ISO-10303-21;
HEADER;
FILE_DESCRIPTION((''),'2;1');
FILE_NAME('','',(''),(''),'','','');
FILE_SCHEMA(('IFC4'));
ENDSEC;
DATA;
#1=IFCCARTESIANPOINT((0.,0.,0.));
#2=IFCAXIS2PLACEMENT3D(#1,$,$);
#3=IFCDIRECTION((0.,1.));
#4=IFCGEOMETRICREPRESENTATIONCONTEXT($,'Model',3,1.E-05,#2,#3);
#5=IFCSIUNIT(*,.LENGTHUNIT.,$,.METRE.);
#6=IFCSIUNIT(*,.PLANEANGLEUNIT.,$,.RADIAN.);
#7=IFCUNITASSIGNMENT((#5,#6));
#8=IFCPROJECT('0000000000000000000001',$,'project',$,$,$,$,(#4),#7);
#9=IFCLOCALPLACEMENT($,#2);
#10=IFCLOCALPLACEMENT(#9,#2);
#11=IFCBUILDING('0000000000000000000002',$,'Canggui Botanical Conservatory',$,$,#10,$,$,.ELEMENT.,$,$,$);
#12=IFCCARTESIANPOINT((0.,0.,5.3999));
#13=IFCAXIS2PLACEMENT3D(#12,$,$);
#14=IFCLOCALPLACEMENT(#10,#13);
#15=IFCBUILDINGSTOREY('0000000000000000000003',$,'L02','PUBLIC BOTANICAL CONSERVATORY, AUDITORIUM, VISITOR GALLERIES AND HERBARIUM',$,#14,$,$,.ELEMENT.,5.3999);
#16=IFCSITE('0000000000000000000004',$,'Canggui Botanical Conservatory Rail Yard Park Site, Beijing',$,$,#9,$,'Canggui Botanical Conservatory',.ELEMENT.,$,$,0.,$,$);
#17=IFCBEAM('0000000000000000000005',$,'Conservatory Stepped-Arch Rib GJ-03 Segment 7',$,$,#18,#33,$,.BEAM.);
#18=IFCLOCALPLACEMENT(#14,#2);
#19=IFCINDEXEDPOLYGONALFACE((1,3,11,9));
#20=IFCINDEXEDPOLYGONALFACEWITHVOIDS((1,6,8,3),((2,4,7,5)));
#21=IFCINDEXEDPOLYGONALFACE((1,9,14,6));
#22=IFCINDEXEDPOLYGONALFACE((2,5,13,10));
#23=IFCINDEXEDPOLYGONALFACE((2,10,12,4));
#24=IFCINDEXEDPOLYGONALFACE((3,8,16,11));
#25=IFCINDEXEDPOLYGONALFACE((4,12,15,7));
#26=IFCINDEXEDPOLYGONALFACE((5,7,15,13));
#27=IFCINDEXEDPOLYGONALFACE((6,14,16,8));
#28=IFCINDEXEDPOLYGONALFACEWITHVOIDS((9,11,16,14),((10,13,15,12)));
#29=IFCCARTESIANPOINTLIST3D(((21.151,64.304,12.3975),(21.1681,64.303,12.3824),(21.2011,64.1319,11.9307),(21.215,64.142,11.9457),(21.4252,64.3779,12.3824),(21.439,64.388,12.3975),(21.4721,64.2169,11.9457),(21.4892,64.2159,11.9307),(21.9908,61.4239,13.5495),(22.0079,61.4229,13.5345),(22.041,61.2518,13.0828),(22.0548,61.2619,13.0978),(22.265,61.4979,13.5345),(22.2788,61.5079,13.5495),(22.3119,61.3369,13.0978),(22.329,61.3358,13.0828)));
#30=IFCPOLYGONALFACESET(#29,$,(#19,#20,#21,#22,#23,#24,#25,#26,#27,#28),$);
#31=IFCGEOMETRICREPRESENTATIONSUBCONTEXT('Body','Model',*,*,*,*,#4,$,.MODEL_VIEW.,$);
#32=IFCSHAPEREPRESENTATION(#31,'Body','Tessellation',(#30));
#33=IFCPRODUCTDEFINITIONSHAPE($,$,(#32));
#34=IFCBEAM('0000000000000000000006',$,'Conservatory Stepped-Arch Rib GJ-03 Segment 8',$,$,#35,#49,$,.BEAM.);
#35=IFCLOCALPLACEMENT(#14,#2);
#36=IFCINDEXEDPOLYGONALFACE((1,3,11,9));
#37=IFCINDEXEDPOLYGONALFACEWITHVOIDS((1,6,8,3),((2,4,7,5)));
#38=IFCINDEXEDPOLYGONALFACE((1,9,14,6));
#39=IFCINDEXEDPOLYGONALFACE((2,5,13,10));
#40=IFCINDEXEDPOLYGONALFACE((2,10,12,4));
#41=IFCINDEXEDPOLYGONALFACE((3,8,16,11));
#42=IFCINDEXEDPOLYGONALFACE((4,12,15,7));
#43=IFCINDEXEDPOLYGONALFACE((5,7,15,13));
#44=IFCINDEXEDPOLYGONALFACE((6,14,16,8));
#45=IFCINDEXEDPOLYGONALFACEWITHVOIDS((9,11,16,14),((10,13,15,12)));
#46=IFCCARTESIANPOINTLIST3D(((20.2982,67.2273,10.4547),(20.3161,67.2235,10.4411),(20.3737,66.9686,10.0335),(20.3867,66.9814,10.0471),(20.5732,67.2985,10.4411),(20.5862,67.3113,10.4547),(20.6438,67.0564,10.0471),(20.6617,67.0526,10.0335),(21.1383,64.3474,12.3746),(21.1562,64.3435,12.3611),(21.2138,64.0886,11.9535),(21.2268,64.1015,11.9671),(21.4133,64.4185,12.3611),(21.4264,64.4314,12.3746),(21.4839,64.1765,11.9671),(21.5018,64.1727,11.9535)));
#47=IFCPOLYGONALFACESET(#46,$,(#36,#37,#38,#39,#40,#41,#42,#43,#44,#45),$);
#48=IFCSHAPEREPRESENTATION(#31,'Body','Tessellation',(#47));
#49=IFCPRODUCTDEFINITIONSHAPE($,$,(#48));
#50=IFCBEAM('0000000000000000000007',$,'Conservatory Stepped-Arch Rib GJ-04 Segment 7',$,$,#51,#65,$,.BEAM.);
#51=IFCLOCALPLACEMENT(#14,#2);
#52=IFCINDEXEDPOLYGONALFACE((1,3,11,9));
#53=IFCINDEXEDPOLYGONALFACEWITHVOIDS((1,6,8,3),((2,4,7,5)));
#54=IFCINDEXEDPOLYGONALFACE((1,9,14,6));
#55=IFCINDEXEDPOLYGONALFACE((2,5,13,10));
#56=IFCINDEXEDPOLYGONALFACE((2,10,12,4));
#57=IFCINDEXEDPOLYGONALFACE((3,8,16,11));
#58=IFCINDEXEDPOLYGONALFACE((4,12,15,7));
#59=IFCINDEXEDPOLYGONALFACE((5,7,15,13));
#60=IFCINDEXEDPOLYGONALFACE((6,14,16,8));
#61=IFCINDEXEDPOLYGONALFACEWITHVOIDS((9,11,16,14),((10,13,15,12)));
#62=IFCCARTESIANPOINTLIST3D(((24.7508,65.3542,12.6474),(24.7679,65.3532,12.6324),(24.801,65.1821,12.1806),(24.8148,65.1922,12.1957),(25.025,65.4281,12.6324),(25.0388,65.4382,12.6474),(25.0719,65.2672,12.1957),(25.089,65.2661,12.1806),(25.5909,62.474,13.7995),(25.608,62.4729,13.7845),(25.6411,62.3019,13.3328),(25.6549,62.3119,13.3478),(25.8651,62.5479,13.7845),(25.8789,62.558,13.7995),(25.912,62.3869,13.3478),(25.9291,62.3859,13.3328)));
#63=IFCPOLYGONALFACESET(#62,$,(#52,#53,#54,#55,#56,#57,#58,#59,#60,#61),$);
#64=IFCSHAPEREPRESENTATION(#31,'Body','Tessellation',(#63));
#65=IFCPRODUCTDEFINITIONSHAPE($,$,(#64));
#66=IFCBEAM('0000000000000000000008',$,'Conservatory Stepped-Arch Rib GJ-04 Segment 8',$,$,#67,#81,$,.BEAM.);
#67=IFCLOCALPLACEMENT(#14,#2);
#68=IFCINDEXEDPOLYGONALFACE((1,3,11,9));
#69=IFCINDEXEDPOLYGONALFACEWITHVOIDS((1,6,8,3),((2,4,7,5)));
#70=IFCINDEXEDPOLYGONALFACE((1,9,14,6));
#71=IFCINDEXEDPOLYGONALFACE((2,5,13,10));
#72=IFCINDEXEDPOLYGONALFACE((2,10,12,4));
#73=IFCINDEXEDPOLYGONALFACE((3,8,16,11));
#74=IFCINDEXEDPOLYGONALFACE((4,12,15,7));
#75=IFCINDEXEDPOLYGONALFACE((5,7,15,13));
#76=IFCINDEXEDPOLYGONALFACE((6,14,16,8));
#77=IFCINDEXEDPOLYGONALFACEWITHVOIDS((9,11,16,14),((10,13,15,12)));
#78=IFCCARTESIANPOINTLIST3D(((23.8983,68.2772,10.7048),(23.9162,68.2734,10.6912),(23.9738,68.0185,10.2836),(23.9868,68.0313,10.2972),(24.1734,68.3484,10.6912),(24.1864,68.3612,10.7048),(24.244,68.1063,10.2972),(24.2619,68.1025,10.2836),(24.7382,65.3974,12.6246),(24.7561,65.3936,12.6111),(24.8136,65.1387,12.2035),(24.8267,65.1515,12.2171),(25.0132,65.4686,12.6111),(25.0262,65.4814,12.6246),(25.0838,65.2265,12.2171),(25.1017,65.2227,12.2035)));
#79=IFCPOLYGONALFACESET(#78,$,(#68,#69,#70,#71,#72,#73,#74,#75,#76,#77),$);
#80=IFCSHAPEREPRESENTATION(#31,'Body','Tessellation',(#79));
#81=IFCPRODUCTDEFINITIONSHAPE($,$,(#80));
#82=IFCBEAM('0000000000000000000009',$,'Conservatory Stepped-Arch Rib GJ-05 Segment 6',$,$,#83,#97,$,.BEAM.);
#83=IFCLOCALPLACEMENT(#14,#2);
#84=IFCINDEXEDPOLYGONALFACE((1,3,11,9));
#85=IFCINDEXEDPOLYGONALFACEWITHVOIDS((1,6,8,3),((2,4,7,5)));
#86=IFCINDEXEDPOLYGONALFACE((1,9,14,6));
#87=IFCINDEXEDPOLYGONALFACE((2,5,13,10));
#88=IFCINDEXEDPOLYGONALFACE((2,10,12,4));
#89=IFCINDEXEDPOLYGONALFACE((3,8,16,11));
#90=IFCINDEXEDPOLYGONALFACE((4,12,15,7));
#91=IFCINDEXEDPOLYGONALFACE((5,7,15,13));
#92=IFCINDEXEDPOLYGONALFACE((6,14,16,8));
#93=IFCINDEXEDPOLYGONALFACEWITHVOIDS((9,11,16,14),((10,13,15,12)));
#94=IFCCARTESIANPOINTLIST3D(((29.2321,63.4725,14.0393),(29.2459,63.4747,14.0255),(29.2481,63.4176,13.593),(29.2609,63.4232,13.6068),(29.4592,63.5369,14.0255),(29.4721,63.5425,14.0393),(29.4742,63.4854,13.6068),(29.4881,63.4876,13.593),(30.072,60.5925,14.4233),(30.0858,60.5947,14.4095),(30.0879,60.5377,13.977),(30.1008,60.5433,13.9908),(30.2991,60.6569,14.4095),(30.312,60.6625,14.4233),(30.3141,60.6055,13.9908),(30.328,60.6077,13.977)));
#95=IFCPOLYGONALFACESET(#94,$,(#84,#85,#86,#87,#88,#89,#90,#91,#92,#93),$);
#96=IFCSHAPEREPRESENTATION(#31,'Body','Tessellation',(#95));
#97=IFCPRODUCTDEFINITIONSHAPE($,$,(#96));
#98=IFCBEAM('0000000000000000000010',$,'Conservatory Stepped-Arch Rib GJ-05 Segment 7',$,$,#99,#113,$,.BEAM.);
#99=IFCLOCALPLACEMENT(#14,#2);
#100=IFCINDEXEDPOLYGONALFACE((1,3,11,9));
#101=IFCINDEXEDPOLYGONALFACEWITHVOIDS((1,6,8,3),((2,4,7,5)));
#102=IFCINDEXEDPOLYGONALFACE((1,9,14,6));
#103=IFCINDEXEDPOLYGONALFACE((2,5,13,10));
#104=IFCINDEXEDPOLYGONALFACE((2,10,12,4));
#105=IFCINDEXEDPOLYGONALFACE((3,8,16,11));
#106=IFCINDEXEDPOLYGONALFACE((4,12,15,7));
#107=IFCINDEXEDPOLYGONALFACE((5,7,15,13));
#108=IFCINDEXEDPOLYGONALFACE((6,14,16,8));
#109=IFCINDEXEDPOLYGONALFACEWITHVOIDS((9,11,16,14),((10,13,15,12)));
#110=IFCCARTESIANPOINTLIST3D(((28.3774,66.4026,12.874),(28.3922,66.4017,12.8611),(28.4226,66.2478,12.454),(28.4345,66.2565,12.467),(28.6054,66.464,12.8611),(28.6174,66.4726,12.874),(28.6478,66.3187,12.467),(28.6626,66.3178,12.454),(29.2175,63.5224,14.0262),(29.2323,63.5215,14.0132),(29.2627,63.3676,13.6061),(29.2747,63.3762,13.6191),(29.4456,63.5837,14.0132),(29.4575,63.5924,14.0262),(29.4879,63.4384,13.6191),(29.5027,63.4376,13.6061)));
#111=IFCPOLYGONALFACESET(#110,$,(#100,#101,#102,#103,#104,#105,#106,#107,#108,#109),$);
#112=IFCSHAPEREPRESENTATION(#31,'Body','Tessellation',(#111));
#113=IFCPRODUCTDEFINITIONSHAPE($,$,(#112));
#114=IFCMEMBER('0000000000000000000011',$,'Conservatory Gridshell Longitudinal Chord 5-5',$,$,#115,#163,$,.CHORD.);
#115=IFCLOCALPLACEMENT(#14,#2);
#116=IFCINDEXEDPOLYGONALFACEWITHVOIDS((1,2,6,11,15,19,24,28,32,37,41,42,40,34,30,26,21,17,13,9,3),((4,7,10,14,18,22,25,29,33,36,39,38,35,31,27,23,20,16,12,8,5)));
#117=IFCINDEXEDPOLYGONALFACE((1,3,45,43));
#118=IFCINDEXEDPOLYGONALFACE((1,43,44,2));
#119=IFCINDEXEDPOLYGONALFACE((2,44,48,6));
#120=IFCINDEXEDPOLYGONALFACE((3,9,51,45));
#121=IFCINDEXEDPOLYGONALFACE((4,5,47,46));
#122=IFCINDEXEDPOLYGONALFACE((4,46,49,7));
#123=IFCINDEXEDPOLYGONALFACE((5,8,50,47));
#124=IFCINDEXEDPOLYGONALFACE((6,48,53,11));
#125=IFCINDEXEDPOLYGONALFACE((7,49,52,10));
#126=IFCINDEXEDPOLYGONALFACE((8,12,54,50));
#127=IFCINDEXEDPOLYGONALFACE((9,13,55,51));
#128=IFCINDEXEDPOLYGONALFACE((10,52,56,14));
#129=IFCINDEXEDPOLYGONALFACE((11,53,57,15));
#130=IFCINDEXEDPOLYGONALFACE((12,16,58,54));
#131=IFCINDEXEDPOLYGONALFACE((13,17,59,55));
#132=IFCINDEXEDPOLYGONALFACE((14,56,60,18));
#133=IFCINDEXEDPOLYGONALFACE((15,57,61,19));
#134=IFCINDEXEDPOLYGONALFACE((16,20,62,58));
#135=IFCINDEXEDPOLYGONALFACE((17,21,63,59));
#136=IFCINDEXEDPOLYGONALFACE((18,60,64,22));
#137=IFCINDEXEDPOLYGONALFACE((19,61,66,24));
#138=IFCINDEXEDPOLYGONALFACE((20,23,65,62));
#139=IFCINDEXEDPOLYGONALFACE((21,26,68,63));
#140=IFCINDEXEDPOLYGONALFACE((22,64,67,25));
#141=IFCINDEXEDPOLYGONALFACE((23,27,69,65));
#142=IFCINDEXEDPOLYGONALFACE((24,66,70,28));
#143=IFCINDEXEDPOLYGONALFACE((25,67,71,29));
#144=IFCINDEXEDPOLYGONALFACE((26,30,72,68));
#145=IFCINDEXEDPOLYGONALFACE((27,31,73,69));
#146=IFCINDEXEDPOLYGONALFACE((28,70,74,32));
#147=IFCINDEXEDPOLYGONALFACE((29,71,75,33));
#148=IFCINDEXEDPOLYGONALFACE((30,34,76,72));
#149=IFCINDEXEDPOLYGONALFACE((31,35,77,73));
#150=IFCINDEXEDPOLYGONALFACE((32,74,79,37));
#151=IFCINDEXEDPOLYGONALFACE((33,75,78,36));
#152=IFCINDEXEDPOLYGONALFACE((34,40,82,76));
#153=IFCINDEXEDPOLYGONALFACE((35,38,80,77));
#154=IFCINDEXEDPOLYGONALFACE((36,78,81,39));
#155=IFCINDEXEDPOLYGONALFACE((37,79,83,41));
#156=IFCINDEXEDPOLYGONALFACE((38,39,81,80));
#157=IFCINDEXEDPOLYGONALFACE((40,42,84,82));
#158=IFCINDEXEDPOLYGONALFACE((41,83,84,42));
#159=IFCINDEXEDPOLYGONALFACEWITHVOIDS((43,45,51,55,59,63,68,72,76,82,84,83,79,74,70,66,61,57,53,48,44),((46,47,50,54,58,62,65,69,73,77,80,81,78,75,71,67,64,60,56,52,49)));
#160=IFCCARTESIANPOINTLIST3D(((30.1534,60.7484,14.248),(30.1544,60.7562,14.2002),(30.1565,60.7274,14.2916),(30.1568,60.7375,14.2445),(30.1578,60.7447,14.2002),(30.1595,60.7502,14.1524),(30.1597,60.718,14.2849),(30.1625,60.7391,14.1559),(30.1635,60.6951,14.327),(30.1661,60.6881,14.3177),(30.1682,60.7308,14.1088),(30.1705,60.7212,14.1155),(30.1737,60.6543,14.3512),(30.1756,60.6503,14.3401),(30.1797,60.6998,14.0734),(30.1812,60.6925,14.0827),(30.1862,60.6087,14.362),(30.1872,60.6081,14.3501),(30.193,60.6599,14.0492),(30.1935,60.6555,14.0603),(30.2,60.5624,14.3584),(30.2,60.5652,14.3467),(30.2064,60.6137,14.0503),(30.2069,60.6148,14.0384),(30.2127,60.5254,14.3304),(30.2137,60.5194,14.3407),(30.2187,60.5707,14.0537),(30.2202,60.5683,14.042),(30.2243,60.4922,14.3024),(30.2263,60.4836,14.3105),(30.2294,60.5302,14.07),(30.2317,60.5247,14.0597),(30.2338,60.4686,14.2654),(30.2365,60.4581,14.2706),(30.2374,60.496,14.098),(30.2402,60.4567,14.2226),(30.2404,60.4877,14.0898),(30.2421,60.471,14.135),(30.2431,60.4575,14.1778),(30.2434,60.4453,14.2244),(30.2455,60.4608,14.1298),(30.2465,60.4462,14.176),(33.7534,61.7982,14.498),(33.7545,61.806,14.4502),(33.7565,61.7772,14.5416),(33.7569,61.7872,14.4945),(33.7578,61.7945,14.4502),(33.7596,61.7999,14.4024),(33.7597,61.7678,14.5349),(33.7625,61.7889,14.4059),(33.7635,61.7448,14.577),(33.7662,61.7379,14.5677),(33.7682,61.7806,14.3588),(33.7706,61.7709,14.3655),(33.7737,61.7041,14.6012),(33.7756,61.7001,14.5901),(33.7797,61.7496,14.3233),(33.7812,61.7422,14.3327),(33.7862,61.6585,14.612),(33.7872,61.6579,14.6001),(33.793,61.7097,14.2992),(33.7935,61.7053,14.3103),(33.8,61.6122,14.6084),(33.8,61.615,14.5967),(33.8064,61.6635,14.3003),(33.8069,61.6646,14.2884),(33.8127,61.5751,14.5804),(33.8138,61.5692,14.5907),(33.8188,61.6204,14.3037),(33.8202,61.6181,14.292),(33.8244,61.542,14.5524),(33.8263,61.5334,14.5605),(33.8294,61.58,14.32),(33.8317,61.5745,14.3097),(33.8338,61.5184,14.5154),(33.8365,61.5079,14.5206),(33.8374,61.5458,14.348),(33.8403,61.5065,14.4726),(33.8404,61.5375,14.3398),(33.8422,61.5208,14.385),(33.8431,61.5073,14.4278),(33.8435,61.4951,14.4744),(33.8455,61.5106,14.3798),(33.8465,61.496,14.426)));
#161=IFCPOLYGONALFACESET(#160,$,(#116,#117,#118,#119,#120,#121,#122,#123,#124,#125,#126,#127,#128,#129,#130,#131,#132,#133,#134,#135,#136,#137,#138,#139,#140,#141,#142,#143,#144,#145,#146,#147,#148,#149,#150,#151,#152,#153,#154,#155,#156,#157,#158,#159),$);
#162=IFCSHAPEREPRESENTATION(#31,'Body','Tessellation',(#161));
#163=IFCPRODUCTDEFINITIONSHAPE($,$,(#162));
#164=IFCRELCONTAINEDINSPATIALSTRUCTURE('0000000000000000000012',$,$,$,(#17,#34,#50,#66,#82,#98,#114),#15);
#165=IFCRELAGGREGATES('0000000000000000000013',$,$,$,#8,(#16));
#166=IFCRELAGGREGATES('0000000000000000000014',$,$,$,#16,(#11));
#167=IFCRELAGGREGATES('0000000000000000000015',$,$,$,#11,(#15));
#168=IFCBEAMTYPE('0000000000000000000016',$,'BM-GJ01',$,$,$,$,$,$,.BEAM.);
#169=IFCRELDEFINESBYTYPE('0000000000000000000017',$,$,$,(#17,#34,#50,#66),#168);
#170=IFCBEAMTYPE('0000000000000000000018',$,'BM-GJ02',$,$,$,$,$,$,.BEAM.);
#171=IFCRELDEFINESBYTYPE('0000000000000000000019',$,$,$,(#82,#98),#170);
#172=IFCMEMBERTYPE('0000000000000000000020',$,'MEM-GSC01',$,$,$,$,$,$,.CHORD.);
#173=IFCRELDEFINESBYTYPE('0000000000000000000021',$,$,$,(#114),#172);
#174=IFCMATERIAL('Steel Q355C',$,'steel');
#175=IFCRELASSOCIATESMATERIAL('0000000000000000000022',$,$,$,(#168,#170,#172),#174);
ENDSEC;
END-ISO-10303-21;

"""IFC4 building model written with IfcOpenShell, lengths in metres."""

from ifc_helpers import new_model, si_unit, direction, frame, origin, origin_2d, place, context, subcontext, project, spatial, hollow_rectangle, hollow_circle, extrude, material, material_profile, profile_set, type_object, element, save


model = new_model("IFC4")

# Units and contexts
model_context = context("Model", 3, precision=1e-05, world=origin(), true_north=direction((0.0, 1.0)))
body_context = subcontext(model_context, "Body", "Model", "MODEL_VIEW")
ifc_project = project(units=[si_unit("LENGTHUNIT", "METRE"), si_unit("PLANEANGLEUNIT", "RADIAN")], contexts=[model_context])

# Site, building, storey
site_placement = place(None, origin())
site = spatial("IfcSite", under=ifc_project, at=site_placement, Name="Canggui Botanical Conservatory Rail Yard Park Site, Beijing", LongName="Canggui Botanical Conservatory", CompositionType="ELEMENT", RefElevation=0.0)
building_placement = place(site_placement, origin())
building = spatial("IfcBuilding", under=site, at=building_placement, Name="Canggui Botanical Conservatory", CompositionType="ELEMENT")
storey_placement = place(building_placement, frame((0.0, 0.0, 5.3999)))
storey = spatial("IfcBuildingStorey", under=building, at=storey_placement, Name="L02", Description="PUBLIC BOTANICAL CONSERVATORY, AUDITORIUM, VISITOR GALLERIES AND HERBARIUM", CompositionType="ELEMENT", Elevation=5.3999)

# Beams
ifc_material_1 = material(Name="Steel Q355C", Category="steel")
ifc_material_profile_1 = material_profile(ifc_material_1, hollow_rectangle(XDim=0.3, YDim=0.5, WallThickness=0.0161, at=origin_2d()), Name="RHS 300x500x16")
ifc_profile_set_1 = profile_set([ifc_material_profile_1], Name="Steel Q355C")
beam_type_1 = type_object("IfcBeamType", Name="BM-GJ01", PredefinedType="BEAM", material=ifc_profile_set_1)
beam_1_placement = place(storey_placement, frame((22.1599, 61.3799, 13.3162), z_axis=(-0.261333, 0.896206, -0.358497), x_axis=(-0.960017, -0.279941, 0.0)))
element("IfcBeam", 1, at=beam_1_placement, inside=storey, type_object=beam_type_1, Name="Conservatory Stepped-Arch Rib GJ-03 Segment 7", PredefinedType="BEAM", context=body_context, shape_type="SweptSolid", body=[
    extrude(hollow_rectangle(XDim=0.3, YDim=0.5, WallThickness=0.0161, at=origin_2d()), origin(), (0.0, 0.0, 1.0), 3.2136),
])
beam_2_placement = place(storey_placement, frame((21.3201, 64.26, 12.1641), z_axis=(-0.235868, 0.808574, -0.539049), x_axis=(-0.959989, -0.280038, 0.0)))
element("IfcBeam", 2, at=beam_2_placement, inside=storey, type_object=beam_type_1, Name="Conservatory Stepped-Arch Rib GJ-03 Segment 8", PredefinedType="BEAM", context=body_context, shape_type="SweptSolid", body=[
    extrude(hollow_rectangle(XDim=0.3, YDim=0.5, WallThickness=0.0161, at=origin_2d()), origin(), (0.0, 0.0, 1.0), 3.5618),
])
beam_3_placement = place(storey_placement, frame((25.76, 62.4299, 13.5662), z_axis=(-0.261404, 0.896188, -0.35849), x_axis=(-0.959995, -0.280016, 0.0)))
element("IfcBeam", 3, at=beam_3_placement, inside=storey, type_object=beam_type_1, Name="Conservatory Stepped-Arch Rib GJ-04 Segment 7", PredefinedType="BEAM", context=body_context, shape_type="SweptSolid", body=[
    extrude(hollow_rectangle(XDim=0.3, YDim=0.5, WallThickness=0.0161, at=origin_2d()), origin(), (0.0, 0.0, 1.0), 3.2139),
])
beam_4_placement = place(storey_placement, frame((24.9199, 65.3101, 12.4141), z_axis=(-0.235804, 0.808587, -0.539058), x_axis=(-0.960011, -0.279962, 0.0)))
element("IfcBeam", 4, at=beam_4_placement, inside=storey, type_object=beam_type_1, Name="Conservatory Stepped-Arch Rib GJ-04 Segment 8", PredefinedType="BEAM", context=body_context, shape_type="SweptSolid", body=[
    extrude(hollow_rectangle(XDim=0.3, YDim=0.5, WallThickness=0.0161, at=origin_2d()), origin(), (0.0, 0.0, 1.0), 3.5615),
])
ifc_material_profile_2 = material_profile(ifc_material_1, hollow_rectangle(XDim=0.25, YDim=0.45, WallThickness=0.0139, at=origin_2d()), Name="RHS 250x450x14")
ifc_profile_set_2 = profile_set([ifc_material_profile_2], Name="Steel Q355C")
beam_type_2 = type_object("IfcBeamType", Name="BM-GJ02", PredefinedType="BEAM", material=ifc_profile_set_2)
beam_5_placement = place(storey_placement, frame((30.2, 60.6001, 14.2002), z_axis=(-0.277696, 0.95224, -0.126981), x_axis=(-0.960011, -0.279962, 0.0)))
element("IfcBeam", 5, at=beam_5_placement, inside=storey, type_object=beam_type_2, Name="Conservatory Stepped-Arch Rib GJ-05 Segment 6", PredefinedType="BEAM", context=body_context, shape_type="SweptSolid", body=[
    extrude(hollow_rectangle(XDim=0.25, YDim=0.45, WallThickness=0.0139, at=origin_2d()), origin(), (0.0, 0.0, 1.0), 3.0244),
])
beam_6_placement = place(storey_placement, frame((29.3601, 63.48, 13.8162), z_axis=(-0.261404, 0.896188, -0.35849), x_axis=(-0.959995, -0.280016, 0.0)))
element("IfcBeam", 6, at=beam_6_placement, inside=storey, type_object=beam_type_2, Name="Conservatory Stepped-Arch Rib GJ-05 Segment 7", PredefinedType="BEAM", context=body_context, shape_type="SweptSolid", body=[
    extrude(hollow_rectangle(XDim=0.25, YDim=0.45, WallThickness=0.0139, at=origin_2d()), origin(), (0.0, 0.0, 1.0), 3.2139),
])

# Member
ifc_material_profile_3 = material_profile(ifc_material_1, hollow_circle(Radius=0.1626, WallThickness=0.012, at=origin_2d()), Name="CHS 325x12")
ifc_profile_set_3 = profile_set([ifc_material_profile_3], Name="Steel Q355C")
member_type_1 = type_object("IfcMemberType", Name="MEM-GSC01", PredefinedType="CHORD", material=ifc_profile_set_3)
member_1_placement = place(storey_placement, frame((30.2, 60.6001, 14.2002), z_axis=(0.95789, 0.279325, 0.066518), x_axis=(-0.279945, 0.960016, 0.0)))
element("IfcMember", 7, at=member_1_placement, inside=storey, type_object=member_type_1, Name="Conservatory Gridshell Longitudinal Chord 5-5", PredefinedType="CHORD", context=body_context, shape_type="SweptSolid", body=[
    extrude(hollow_circle(Radius=0.1626, WallThickness=0.012, at=origin_2d()), origin(), (0.0, 0.0, 1.0), 3.7583),
])

save(model, "model.ifc")
